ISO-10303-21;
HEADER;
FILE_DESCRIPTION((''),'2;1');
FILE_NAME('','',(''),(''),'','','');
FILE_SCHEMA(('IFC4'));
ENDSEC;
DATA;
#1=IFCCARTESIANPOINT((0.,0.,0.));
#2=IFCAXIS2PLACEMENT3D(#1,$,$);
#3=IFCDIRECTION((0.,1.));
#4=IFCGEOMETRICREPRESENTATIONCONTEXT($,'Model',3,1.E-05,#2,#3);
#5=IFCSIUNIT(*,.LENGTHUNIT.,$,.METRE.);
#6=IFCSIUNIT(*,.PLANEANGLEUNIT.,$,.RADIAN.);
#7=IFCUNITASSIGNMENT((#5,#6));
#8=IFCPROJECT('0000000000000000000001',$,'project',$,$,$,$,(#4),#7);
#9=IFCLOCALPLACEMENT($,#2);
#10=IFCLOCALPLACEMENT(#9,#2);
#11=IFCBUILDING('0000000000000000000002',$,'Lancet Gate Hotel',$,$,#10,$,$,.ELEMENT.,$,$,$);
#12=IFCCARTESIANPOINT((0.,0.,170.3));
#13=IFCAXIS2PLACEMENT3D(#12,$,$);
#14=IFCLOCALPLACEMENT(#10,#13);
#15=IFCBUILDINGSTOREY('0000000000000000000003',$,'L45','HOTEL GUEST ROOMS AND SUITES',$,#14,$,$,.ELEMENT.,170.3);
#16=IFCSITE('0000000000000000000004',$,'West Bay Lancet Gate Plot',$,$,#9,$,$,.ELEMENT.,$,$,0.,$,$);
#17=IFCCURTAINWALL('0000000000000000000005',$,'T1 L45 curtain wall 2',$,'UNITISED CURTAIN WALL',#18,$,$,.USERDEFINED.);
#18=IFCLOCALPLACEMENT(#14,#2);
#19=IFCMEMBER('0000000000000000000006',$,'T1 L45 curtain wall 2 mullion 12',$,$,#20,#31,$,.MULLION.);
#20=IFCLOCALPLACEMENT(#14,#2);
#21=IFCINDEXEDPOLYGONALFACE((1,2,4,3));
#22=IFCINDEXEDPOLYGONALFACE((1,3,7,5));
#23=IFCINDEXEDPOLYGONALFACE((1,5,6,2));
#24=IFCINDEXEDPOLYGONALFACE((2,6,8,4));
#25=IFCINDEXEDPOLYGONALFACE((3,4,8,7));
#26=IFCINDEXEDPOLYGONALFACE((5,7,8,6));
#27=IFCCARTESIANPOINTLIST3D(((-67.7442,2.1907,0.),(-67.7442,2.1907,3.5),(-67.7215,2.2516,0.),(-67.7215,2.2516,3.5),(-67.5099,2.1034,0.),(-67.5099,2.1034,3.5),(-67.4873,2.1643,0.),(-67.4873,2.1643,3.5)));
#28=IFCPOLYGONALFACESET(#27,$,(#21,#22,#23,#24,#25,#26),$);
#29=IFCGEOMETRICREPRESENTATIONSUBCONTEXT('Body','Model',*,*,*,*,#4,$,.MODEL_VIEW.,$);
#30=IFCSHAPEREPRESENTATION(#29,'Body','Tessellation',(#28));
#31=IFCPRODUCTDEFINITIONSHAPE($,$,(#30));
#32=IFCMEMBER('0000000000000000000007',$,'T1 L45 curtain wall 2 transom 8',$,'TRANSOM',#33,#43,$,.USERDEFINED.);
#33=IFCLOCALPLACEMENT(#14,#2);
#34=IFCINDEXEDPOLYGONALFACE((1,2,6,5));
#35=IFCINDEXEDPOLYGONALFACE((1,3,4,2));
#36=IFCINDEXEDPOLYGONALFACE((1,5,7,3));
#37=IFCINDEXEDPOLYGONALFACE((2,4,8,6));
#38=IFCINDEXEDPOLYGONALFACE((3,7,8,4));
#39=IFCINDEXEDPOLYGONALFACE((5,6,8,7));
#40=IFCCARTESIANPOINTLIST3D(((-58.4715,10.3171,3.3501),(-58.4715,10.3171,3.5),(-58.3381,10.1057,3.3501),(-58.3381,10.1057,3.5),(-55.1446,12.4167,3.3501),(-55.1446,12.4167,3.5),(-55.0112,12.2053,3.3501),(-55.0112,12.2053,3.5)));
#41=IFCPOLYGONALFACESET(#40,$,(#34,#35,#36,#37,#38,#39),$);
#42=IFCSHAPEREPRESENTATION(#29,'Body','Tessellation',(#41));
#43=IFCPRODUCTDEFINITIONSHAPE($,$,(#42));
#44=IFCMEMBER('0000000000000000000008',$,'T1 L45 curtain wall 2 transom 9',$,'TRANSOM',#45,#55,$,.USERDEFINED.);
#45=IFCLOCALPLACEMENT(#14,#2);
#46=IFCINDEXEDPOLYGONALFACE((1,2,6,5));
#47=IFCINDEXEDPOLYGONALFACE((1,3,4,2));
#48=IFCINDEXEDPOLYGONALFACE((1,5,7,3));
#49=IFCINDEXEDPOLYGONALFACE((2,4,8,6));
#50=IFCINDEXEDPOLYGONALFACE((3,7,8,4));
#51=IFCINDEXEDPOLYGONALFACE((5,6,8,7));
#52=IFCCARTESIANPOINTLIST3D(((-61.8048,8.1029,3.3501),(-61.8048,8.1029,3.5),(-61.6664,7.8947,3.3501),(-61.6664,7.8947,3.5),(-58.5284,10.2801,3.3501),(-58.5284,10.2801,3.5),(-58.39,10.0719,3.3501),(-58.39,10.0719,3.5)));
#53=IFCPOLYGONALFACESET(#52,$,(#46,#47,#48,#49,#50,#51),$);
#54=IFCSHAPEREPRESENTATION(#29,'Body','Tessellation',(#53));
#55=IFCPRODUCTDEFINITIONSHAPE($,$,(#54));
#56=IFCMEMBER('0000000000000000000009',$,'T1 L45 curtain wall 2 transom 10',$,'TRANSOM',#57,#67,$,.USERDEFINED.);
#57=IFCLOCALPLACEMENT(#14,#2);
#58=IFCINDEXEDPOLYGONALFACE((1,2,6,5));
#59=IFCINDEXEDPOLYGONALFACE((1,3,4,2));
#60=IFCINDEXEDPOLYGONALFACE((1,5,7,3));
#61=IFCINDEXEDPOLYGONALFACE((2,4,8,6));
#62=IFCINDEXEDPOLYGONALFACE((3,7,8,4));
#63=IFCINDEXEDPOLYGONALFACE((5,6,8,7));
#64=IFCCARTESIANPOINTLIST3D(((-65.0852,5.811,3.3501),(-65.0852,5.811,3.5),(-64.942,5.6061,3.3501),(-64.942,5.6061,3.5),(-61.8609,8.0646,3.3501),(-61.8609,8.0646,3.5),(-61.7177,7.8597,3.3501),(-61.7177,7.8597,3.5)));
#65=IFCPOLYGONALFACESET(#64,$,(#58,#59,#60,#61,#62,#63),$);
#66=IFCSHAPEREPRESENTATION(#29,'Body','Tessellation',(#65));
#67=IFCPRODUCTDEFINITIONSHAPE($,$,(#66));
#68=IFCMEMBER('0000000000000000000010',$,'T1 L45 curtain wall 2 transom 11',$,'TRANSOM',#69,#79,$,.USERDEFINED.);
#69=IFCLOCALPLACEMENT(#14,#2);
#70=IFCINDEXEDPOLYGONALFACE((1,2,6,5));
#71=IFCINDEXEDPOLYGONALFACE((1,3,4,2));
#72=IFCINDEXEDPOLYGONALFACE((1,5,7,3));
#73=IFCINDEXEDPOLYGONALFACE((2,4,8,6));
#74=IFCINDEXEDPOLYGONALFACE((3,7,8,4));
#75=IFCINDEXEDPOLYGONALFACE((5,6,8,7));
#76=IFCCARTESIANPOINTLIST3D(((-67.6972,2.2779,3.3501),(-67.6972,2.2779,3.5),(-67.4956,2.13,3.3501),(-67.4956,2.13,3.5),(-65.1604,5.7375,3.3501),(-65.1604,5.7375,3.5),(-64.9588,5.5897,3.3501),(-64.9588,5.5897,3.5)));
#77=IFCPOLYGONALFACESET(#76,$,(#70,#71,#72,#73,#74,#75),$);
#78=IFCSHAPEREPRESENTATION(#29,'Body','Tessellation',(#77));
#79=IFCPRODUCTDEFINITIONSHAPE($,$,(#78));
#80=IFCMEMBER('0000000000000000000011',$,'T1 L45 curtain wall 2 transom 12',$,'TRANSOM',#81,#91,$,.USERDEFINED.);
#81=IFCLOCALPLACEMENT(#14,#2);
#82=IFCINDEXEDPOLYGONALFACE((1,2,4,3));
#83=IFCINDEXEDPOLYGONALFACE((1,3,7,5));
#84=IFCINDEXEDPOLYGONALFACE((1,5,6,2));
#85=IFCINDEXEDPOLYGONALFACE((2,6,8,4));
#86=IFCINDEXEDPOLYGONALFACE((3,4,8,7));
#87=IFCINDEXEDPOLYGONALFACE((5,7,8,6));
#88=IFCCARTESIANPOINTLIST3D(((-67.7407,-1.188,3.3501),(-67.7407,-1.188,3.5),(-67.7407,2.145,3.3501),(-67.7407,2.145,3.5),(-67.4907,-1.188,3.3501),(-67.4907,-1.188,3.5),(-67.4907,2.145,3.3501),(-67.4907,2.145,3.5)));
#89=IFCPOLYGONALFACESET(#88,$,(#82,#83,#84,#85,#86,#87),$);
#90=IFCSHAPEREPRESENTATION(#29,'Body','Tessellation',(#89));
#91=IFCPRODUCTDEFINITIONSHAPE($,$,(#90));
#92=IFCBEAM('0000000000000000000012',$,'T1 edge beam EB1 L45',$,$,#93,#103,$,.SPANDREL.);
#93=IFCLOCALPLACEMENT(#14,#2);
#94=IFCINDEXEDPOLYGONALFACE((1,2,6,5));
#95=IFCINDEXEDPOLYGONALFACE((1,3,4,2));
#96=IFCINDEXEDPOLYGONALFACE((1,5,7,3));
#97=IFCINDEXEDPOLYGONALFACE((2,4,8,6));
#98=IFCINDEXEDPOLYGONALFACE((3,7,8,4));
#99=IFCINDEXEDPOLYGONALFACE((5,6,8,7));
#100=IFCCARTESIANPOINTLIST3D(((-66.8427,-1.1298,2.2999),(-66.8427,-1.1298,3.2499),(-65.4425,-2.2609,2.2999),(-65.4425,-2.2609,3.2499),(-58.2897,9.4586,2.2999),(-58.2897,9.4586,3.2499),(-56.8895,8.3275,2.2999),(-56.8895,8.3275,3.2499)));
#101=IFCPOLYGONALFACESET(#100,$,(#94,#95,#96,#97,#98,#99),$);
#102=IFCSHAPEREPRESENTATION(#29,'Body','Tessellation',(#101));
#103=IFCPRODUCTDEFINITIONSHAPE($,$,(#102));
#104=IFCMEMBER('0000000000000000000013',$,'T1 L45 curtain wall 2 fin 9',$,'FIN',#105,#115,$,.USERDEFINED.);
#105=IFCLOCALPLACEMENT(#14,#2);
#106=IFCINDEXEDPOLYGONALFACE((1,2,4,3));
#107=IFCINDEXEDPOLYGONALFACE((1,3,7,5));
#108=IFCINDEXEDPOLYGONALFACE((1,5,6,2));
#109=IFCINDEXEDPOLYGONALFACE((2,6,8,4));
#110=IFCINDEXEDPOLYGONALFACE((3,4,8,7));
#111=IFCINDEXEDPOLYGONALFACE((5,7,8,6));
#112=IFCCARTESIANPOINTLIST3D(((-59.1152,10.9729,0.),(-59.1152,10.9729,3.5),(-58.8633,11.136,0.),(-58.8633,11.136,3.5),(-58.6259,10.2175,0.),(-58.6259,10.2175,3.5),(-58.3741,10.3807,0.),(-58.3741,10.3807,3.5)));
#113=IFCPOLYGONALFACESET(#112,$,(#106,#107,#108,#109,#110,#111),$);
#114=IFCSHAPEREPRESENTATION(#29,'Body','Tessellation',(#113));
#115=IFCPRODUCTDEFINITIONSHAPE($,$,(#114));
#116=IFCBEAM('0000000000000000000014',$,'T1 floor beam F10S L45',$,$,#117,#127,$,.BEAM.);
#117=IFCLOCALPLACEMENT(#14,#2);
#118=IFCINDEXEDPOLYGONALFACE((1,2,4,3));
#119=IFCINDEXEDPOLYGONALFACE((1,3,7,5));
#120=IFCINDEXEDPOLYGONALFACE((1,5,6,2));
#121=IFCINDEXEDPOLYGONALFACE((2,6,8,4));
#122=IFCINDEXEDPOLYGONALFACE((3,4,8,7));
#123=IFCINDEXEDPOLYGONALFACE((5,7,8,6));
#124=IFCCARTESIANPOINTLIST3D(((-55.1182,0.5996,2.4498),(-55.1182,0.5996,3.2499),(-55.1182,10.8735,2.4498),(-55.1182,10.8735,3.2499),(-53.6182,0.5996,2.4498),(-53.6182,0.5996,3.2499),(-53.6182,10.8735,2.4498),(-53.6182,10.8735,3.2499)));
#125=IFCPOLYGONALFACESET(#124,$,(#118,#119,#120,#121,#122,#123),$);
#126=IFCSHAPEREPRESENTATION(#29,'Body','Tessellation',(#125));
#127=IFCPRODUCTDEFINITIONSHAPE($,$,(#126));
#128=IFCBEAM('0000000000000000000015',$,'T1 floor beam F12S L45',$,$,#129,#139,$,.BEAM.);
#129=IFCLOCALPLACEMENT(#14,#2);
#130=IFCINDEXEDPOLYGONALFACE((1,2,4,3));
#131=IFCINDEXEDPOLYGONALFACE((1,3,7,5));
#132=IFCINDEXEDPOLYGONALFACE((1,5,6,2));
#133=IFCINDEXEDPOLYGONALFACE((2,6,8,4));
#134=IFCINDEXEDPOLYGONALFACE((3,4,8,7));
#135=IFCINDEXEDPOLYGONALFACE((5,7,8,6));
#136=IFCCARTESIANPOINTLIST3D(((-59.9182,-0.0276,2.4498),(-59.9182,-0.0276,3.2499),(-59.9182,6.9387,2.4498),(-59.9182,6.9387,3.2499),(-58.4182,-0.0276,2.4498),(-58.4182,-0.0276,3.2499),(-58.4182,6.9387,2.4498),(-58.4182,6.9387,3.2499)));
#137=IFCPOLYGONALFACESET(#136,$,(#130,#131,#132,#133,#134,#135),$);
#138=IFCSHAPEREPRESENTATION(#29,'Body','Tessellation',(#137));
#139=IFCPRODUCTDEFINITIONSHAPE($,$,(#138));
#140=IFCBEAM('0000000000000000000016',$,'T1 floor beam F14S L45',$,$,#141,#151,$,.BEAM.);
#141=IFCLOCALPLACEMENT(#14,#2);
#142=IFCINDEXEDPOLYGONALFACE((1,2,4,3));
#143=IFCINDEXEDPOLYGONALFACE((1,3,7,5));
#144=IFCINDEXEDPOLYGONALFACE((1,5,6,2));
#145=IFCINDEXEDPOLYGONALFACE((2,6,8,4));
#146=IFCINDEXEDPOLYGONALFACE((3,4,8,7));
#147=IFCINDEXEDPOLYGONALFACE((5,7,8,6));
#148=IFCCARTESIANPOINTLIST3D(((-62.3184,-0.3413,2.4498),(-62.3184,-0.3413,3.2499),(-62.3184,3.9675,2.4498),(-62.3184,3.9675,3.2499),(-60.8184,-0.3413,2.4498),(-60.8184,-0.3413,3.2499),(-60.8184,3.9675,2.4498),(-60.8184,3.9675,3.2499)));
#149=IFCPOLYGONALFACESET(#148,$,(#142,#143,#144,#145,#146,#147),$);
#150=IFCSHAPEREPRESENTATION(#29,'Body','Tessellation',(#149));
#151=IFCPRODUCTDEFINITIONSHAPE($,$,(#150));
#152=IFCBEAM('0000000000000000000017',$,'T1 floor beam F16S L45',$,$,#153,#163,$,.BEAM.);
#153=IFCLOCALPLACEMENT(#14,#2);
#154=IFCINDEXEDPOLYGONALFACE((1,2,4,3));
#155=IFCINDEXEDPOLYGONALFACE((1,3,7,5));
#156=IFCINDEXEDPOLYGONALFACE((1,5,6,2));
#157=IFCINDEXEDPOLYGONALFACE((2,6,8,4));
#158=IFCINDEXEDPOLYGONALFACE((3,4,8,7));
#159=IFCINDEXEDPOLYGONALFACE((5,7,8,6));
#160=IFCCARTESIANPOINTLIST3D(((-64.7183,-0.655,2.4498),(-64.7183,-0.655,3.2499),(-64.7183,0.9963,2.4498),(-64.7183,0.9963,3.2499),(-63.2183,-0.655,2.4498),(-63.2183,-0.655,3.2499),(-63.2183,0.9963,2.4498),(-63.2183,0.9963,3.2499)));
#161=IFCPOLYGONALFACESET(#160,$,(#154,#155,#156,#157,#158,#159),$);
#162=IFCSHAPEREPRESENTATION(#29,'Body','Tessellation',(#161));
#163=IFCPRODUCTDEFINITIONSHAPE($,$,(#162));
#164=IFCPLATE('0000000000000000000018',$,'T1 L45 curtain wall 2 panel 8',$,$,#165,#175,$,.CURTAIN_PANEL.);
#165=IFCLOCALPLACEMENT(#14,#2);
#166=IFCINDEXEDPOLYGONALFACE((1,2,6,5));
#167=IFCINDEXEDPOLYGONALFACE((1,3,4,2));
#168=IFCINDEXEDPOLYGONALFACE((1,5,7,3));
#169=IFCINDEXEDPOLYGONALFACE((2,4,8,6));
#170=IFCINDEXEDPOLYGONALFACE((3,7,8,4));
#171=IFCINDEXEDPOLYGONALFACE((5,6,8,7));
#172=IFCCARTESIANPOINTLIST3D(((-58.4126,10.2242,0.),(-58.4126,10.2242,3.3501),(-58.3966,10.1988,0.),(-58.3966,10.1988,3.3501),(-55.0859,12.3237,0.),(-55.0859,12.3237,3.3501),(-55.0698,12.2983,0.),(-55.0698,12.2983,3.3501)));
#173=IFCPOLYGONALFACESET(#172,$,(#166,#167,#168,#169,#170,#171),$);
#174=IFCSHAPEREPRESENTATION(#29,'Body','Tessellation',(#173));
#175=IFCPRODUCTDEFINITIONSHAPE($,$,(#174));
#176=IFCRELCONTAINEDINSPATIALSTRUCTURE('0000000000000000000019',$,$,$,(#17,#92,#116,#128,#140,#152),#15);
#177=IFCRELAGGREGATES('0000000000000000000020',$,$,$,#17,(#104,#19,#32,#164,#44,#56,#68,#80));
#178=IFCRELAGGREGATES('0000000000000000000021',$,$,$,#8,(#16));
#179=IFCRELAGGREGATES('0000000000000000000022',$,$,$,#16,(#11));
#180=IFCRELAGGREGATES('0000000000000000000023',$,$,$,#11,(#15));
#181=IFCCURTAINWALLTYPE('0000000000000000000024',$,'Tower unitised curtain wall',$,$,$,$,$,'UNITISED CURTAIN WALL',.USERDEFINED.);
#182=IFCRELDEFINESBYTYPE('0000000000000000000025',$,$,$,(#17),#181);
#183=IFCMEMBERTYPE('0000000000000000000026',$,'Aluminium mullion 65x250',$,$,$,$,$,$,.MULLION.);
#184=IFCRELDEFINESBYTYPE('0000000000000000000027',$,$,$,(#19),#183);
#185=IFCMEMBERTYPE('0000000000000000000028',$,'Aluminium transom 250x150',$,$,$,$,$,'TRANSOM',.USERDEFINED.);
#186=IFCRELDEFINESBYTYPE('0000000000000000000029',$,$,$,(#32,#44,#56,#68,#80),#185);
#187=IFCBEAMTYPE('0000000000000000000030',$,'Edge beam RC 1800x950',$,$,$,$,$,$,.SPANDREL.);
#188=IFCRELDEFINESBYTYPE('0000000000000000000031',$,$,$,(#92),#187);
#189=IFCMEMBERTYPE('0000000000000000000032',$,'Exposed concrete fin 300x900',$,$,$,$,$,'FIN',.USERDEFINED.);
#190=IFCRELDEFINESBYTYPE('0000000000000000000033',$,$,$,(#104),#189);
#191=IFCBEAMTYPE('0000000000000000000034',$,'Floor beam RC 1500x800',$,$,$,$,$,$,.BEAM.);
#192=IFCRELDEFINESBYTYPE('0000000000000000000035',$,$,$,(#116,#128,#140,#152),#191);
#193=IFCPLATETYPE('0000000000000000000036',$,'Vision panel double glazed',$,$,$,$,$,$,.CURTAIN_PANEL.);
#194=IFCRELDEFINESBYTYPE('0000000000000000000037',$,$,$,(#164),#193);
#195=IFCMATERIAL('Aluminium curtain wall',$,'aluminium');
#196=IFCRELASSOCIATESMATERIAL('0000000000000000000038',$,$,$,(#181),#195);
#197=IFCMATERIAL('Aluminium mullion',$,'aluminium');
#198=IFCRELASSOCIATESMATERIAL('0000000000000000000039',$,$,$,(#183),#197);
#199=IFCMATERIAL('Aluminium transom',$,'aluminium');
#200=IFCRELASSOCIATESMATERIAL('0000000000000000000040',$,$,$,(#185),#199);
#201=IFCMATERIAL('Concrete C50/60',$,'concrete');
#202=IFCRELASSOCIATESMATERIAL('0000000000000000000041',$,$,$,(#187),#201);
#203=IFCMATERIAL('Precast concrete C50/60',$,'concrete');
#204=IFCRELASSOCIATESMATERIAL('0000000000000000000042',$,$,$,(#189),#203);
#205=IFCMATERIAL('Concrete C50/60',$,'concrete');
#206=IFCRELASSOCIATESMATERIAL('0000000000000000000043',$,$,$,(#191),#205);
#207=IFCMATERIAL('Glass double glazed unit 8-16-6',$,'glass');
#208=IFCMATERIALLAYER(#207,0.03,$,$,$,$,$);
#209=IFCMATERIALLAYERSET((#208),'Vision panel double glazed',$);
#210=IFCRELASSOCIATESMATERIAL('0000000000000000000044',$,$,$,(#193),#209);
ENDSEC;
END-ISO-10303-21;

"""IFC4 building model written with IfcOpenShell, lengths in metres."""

from ifc_helpers import new_model, si_unit, direction, frame, origin, origin_2d, place, context, subcontext, project, spatial, rectangle, extrude, material, layer, layer_set, material_profile, profile_set, type_object, element, aggregate, save


model = new_model("IFC4")

# Units and contexts
model_context = context("Model", 3, precision=1e-05, world=origin(), true_north=direction((0.0, 1.0)))
body_context = subcontext(model_context, "Body", "Model", "MODEL_VIEW")
ifc_project = project(units=[si_unit("LENGTHUNIT", "METRE"), si_unit("PLANEANGLEUNIT", "RADIAN")], contexts=[model_context])

# Site, building, storey
site_placement = place(None, origin())
site = spatial("IfcSite", under=ifc_project, at=site_placement, Name="West Bay Lancet Gate Plot", CompositionType="ELEMENT", RefElevation=0.0)
building_placement = place(site_placement, origin())
building = spatial("IfcBuilding", under=site, at=building_placement, Name="Lancet Gate Hotel", CompositionType="ELEMENT")
storey_placement = place(building_placement, frame((0.0, 0.0, 170.3)))
storey = spatial("IfcBuildingStorey", under=building, at=storey_placement, Name="L45", Description="HOTEL GUEST ROOMS AND SUITES", CompositionType="ELEMENT", Elevation=170.3)

# Curtain wall, members
ifc_material_1 = material(Name="Aluminium curtain wall", Category="aluminium")
curtain_wall_type = type_object("IfcCurtainWallType", Name="Tower unitised curtain wall", ElementType="UNITISED CURTAIN WALL", PredefinedType="USERDEFINED", material=ifc_material_1)
curtain_wall_placement = place(storey_placement, origin())
curtain_wall = element("IfcCurtainWall", 1, at=curtain_wall_placement, inside=storey, type_object=curtain_wall_type, Name="T1 L45 curtain wall 2", ObjectType="UNITISED CURTAIN WALL", PredefinedType="USERDEFINED")
ifc_material_2 = material(Name="Aluminium mullion", Category="aluminium")
ifc_material_profile_1 = material_profile(ifc_material_2, rectangle(XDim=0.0649, YDim=0.25, at=origin_2d()), Name="MULLION 65x250")
ifc_profile_set_1 = profile_set([ifc_material_profile_1], Name="Aluminium mullion")
member_type_1 = type_object("IfcMemberType", Name="Aluminium mullion 65x250", PredefinedType="MULLION", material=ifc_profile_set_1)
member_1_placement = place(storey_placement, frame((-67.6157, 2.1775, 0.0), z_axis=(0.0, 0.0, 1.0), x_axis=(-0.349199, -0.937048, 0.0)))
member_1 = element("IfcMember", 2, at=member_1_placement, type_object=member_type_1, Name="T1 L45 curtain wall 2 mullion 12", PredefinedType="MULLION", context=body_context, shape_type="SweptSolid", body=[
    extrude(rectangle(XDim=0.0649, YDim=0.25, at=origin_2d()), origin(), (0.0, 0.0, 1.0), 3.5),
])
ifc_material_3 = material(Name="Aluminium transom", Category="aluminium")
ifc_material_profile_2 = material_profile(ifc_material_3, rectangle(XDim=0.25, YDim=0.1499, at=origin_2d()), Name="TRANSOM 250x150")
ifc_profile_set_2 = profile_set([ifc_material_profile_2], Name="Aluminium transom")
member_type_2 = type_object("IfcMemberType", Name="Aluminium transom 250x150", ElementType="TRANSOM", PredefinedType="USERDEFINED", material=ifc_profile_set_2)
member_2_placement = place(storey_placement, frame((-55.0779, 12.311, 3.425), z_axis=(-0.845672, -0.533703, 0.0), x_axis=(0.533703, -0.845672, 0.0)))
member_2 = element("IfcMember", 3, at=member_2_placement, type_object=member_type_2, Name="T1 L45 curtain wall 2 transom 8", ObjectType="TRANSOM", PredefinedType="USERDEFINED", context=body_context, shape_type="SweptSolid", body=[
    extrude(rectangle(XDim=0.25, YDim=0.1499, at=origin_2d()), origin(), (0.0, 0.0, 1.0), 3.9341),
])
member_3_placement = place(storey_placement, frame((-58.4592, 10.176, 3.425), z_axis=(-0.832871, -0.553468, 0.0), x_axis=(0.553468, -0.832871, 0.0)))
member_3 = element("IfcMember", 4, at=member_3_placement, type_object=member_type_2, Name="T1 L45 curtain wall 2 transom 9", ObjectType="TRANSOM", PredefinedType="USERDEFINED", context=body_context, shape_type="SweptSolid", body=[
    extrude(rectangle(XDim=0.25, YDim=0.1499, at=origin_2d()), origin(), (0.0, 0.0, 1.0), 3.9338),
])
member_4_placement = place(storey_placement, frame((-61.7893, 7.9622, 3.425), z_axis=(-0.819637, -0.572883, 0.0), x_axis=(0.572883, -0.819637, 0.0)))
member_4 = element("IfcMember", 5, at=member_4_placement, type_object=member_type_2, Name="T1 L45 curtain wall 2 transom 10", ObjectType="TRANSOM", PredefinedType="USERDEFINED", context=body_context, shape_type="SweptSolid", body=[
    extrude(rectangle(XDim=0.25, YDim=0.1499, at=origin_2d()), origin(), (0.0, 0.0, 1.0), 3.9338),
])
member_5_placement = place(storey_placement, frame((-65.0596, 5.6636, 3.425), z_axis=(-0.591324, -0.806434, 0.0), x_axis=(0.806434, -0.591324, 0.0)))
member_5 = element("IfcMember", 6, at=member_5_placement, type_object=member_type_2, Name="T1 L45 curtain wall 2 transom 11", ObjectType="TRANSOM", PredefinedType="USERDEFINED", context=body_context, shape_type="SweptSolid", body=[
    extrude(rectangle(XDim=0.25, YDim=0.1499, at=origin_2d()), origin(), (0.0, 0.0, 1.0), 4.29),
])
member_6_placement = place(storey_placement, frame((-67.6157, 2.145, 3.425), z_axis=(0.0, -1.0, 0.0), x_axis=(1.0, 0.0, 0.0)))
member_6 = element("IfcMember", 7, at=member_6_placement, type_object=member_type_2, Name="T1 L45 curtain wall 2 transom 12", ObjectType="TRANSOM", PredefinedType="USERDEFINED", context=body_context, shape_type="SweptSolid", body=[
    extrude(rectangle(XDim=0.25, YDim=0.1499, at=origin_2d()), origin(), (0.0, 0.0, 1.0), 3.333),
])

# Beam
ifc_material_4 = material(Name="Concrete C50/60", Category="concrete")
ifc_material_profile_3 = material_profile(ifc_material_4, rectangle(XDim=1.8, YDim=0.95, at=origin_2d()), Name="RC 1800x950")
ifc_profile_set_3 = profile_set([ifc_material_profile_3], Name="Concrete C50/60")
beam_type_1 = type_object("IfcBeamType", Name="Edge beam RC 1800x950", PredefinedType="SPANDREL", material=ifc_profile_set_3)
beam_1_placement = place(storey_placement, frame((-57.5896, 8.8931, 2.7749), z_axis=(-0.628374, -0.777912, 0.0), x_axis=(0.777912, -0.628374, 0.0)))
element("IfcBeam", 8, at=beam_1_placement, inside=storey, type_object=beam_type_1, Name="T1 edge beam EB1 L45", PredefinedType="SPANDREL", context=body_context, shape_type="SweptSolid", body=[
    extrude(rectangle(XDim=1.8, YDim=0.95, at=origin_2d()), origin(), (0.0, 0.0, 1.0), 13.6113),
])

# Member
ifc_material_5 = material(Name="Precast concrete C50/60", Category="concrete")
ifc_material_profile_4 = material_profile(ifc_material_5, rectangle(XDim=0.3, YDim=0.8999, at=origin_2d()), Name="FIN 300x900")
ifc_profile_set_4 = profile_set([ifc_material_profile_4], Name="Precast concrete C50/60")
member_type_3 = type_object("IfcMemberType", Name="Exposed concrete fin 300x900", ElementType="FIN", PredefinedType="USERDEFINED", material=ifc_profile_set_4)
member_7_placement = place(storey_placement, frame((-58.7446, 10.6768, 0.0), z_axis=(0.0, 0.0, 1.0), x_axis=(-0.839331, -0.543621, 0.0)))
member_7 = element("IfcMember", 9, at=member_7_placement, type_object=member_type_3, Name="T1 L45 curtain wall 2 fin 9", ObjectType="FIN", PredefinedType="USERDEFINED", context=body_context, shape_type="SweptSolid", body=[
    extrude(rectangle(XDim=0.3, YDim=0.8999, at=origin_2d()), origin(), (0.0, 0.0, 1.0), 3.5),
])

# Beams
ifc_material_6 = material(Name="Concrete C50/60", Category="concrete")
ifc_material_profile_5 = material_profile(ifc_material_6, rectangle(XDim=1.5, YDim=0.8, at=origin_2d()), Name="RC 1500x800")
ifc_profile_set_5 = profile_set([ifc_material_profile_5], Name="Concrete C50/60")
beam_type_2 = type_object("IfcBeamType", Name="Floor beam RC 1500x800", PredefinedType="BEAM", material=ifc_profile_set_5)
beam_2_placement = place(storey_placement, frame((-54.3682, 10.8735, 2.8499), z_axis=(0.0, -1.0, 0.0), x_axis=(1.0, 0.0, 0.0)))
element("IfcBeam", 10, at=beam_2_placement, inside=storey, type_object=beam_type_2, Name="T1 floor beam F10S L45", PredefinedType="BEAM", context=body_context, shape_type="SweptSolid", body=[
    extrude(rectangle(XDim=1.5, YDim=0.8, at=origin_2d()), origin(), (0.0, 0.0, 1.0), 10.2739),
])
beam_3_placement = place(storey_placement, frame((-59.1682, 6.9387, 2.8499), z_axis=(0.0, -1.0, 0.0), x_axis=(1.0, 0.0, 0.0)))
element("IfcBeam", 11, at=beam_3_placement, inside=storey, type_object=beam_type_2, Name="T1 floor beam F12S L45", PredefinedType="BEAM", context=body_context, shape_type="SweptSolid", body=[
    extrude(rectangle(XDim=1.5, YDim=0.8, at=origin_2d()), origin(), (0.0, 0.0, 1.0), 6.9663),
])
beam_4_placement = place(storey_placement, frame((-61.5684, 3.9675, 2.8499), z_axis=(0.0, -1.0, 0.0), x_axis=(1.0, 0.0, 0.0)))
element("IfcBeam", 12, at=beam_4_placement, inside=storey, type_object=beam_type_2, Name="T1 floor beam F14S L45", PredefinedType="BEAM", context=body_context, shape_type="SweptSolid", body=[
    extrude(rectangle(XDim=1.5, YDim=0.8, at=origin_2d()), origin(), (0.0, 0.0, 1.0), 4.3088),
])
beam_5_placement = place(storey_placement, frame((-63.9683, 0.9963, 2.8499), z_axis=(0.0, -1.0, 0.0), x_axis=(1.0, 0.0, 0.0)))
element("IfcBeam", 13, at=beam_5_placement, inside=storey, type_object=beam_type_2, Name="T1 floor beam F16S L45", PredefinedType="BEAM", context=body_context, shape_type="SweptSolid", body=[
    extrude(rectangle(XDim=1.5, YDim=0.8, at=origin_2d()), origin(), (0.0, 0.0, 1.0), 1.6514),
])

# Plate
ifc_material_7 = material(Name="Glass double glazed unit 8-16-6", Category="glass")
ifc_layer_1 = layer(ifc_material_7, 0.03)
ifc_layer_set_1 = layer_set([ifc_layer_1], Name="Vision panel double glazed")
plate_type = type_object("IfcPlateType", Name="Vision panel double glazed", PredefinedType="CURTAIN_PANEL", material=ifc_layer_set_1)
plate_1_placement = place(storey_placement, frame((-56.7412, 11.2612, 0.0), z_axis=(0.0, 0.0, 1.0), x_axis=(-0.845667, -0.533711, 0.0)))
plate_1 = element("IfcPlate", 14, at=plate_1_placement, type_object=plate_type, Name="T1 L45 curtain wall 2 panel 8", PredefinedType="CURTAIN_PANEL", context=body_context, shape_type="SweptSolid", body=[
    extrude(rectangle(XDim=3.9338, YDim=0.03, at=origin_2d()), origin(), (0.0, 0.0, 1.0), 3.3501),
])
aggregate(curtain_wall, [member_7, member_1, member_2, plate_1, member_3, member_4, member_5, member_6])

save(model, "model.ifc")
